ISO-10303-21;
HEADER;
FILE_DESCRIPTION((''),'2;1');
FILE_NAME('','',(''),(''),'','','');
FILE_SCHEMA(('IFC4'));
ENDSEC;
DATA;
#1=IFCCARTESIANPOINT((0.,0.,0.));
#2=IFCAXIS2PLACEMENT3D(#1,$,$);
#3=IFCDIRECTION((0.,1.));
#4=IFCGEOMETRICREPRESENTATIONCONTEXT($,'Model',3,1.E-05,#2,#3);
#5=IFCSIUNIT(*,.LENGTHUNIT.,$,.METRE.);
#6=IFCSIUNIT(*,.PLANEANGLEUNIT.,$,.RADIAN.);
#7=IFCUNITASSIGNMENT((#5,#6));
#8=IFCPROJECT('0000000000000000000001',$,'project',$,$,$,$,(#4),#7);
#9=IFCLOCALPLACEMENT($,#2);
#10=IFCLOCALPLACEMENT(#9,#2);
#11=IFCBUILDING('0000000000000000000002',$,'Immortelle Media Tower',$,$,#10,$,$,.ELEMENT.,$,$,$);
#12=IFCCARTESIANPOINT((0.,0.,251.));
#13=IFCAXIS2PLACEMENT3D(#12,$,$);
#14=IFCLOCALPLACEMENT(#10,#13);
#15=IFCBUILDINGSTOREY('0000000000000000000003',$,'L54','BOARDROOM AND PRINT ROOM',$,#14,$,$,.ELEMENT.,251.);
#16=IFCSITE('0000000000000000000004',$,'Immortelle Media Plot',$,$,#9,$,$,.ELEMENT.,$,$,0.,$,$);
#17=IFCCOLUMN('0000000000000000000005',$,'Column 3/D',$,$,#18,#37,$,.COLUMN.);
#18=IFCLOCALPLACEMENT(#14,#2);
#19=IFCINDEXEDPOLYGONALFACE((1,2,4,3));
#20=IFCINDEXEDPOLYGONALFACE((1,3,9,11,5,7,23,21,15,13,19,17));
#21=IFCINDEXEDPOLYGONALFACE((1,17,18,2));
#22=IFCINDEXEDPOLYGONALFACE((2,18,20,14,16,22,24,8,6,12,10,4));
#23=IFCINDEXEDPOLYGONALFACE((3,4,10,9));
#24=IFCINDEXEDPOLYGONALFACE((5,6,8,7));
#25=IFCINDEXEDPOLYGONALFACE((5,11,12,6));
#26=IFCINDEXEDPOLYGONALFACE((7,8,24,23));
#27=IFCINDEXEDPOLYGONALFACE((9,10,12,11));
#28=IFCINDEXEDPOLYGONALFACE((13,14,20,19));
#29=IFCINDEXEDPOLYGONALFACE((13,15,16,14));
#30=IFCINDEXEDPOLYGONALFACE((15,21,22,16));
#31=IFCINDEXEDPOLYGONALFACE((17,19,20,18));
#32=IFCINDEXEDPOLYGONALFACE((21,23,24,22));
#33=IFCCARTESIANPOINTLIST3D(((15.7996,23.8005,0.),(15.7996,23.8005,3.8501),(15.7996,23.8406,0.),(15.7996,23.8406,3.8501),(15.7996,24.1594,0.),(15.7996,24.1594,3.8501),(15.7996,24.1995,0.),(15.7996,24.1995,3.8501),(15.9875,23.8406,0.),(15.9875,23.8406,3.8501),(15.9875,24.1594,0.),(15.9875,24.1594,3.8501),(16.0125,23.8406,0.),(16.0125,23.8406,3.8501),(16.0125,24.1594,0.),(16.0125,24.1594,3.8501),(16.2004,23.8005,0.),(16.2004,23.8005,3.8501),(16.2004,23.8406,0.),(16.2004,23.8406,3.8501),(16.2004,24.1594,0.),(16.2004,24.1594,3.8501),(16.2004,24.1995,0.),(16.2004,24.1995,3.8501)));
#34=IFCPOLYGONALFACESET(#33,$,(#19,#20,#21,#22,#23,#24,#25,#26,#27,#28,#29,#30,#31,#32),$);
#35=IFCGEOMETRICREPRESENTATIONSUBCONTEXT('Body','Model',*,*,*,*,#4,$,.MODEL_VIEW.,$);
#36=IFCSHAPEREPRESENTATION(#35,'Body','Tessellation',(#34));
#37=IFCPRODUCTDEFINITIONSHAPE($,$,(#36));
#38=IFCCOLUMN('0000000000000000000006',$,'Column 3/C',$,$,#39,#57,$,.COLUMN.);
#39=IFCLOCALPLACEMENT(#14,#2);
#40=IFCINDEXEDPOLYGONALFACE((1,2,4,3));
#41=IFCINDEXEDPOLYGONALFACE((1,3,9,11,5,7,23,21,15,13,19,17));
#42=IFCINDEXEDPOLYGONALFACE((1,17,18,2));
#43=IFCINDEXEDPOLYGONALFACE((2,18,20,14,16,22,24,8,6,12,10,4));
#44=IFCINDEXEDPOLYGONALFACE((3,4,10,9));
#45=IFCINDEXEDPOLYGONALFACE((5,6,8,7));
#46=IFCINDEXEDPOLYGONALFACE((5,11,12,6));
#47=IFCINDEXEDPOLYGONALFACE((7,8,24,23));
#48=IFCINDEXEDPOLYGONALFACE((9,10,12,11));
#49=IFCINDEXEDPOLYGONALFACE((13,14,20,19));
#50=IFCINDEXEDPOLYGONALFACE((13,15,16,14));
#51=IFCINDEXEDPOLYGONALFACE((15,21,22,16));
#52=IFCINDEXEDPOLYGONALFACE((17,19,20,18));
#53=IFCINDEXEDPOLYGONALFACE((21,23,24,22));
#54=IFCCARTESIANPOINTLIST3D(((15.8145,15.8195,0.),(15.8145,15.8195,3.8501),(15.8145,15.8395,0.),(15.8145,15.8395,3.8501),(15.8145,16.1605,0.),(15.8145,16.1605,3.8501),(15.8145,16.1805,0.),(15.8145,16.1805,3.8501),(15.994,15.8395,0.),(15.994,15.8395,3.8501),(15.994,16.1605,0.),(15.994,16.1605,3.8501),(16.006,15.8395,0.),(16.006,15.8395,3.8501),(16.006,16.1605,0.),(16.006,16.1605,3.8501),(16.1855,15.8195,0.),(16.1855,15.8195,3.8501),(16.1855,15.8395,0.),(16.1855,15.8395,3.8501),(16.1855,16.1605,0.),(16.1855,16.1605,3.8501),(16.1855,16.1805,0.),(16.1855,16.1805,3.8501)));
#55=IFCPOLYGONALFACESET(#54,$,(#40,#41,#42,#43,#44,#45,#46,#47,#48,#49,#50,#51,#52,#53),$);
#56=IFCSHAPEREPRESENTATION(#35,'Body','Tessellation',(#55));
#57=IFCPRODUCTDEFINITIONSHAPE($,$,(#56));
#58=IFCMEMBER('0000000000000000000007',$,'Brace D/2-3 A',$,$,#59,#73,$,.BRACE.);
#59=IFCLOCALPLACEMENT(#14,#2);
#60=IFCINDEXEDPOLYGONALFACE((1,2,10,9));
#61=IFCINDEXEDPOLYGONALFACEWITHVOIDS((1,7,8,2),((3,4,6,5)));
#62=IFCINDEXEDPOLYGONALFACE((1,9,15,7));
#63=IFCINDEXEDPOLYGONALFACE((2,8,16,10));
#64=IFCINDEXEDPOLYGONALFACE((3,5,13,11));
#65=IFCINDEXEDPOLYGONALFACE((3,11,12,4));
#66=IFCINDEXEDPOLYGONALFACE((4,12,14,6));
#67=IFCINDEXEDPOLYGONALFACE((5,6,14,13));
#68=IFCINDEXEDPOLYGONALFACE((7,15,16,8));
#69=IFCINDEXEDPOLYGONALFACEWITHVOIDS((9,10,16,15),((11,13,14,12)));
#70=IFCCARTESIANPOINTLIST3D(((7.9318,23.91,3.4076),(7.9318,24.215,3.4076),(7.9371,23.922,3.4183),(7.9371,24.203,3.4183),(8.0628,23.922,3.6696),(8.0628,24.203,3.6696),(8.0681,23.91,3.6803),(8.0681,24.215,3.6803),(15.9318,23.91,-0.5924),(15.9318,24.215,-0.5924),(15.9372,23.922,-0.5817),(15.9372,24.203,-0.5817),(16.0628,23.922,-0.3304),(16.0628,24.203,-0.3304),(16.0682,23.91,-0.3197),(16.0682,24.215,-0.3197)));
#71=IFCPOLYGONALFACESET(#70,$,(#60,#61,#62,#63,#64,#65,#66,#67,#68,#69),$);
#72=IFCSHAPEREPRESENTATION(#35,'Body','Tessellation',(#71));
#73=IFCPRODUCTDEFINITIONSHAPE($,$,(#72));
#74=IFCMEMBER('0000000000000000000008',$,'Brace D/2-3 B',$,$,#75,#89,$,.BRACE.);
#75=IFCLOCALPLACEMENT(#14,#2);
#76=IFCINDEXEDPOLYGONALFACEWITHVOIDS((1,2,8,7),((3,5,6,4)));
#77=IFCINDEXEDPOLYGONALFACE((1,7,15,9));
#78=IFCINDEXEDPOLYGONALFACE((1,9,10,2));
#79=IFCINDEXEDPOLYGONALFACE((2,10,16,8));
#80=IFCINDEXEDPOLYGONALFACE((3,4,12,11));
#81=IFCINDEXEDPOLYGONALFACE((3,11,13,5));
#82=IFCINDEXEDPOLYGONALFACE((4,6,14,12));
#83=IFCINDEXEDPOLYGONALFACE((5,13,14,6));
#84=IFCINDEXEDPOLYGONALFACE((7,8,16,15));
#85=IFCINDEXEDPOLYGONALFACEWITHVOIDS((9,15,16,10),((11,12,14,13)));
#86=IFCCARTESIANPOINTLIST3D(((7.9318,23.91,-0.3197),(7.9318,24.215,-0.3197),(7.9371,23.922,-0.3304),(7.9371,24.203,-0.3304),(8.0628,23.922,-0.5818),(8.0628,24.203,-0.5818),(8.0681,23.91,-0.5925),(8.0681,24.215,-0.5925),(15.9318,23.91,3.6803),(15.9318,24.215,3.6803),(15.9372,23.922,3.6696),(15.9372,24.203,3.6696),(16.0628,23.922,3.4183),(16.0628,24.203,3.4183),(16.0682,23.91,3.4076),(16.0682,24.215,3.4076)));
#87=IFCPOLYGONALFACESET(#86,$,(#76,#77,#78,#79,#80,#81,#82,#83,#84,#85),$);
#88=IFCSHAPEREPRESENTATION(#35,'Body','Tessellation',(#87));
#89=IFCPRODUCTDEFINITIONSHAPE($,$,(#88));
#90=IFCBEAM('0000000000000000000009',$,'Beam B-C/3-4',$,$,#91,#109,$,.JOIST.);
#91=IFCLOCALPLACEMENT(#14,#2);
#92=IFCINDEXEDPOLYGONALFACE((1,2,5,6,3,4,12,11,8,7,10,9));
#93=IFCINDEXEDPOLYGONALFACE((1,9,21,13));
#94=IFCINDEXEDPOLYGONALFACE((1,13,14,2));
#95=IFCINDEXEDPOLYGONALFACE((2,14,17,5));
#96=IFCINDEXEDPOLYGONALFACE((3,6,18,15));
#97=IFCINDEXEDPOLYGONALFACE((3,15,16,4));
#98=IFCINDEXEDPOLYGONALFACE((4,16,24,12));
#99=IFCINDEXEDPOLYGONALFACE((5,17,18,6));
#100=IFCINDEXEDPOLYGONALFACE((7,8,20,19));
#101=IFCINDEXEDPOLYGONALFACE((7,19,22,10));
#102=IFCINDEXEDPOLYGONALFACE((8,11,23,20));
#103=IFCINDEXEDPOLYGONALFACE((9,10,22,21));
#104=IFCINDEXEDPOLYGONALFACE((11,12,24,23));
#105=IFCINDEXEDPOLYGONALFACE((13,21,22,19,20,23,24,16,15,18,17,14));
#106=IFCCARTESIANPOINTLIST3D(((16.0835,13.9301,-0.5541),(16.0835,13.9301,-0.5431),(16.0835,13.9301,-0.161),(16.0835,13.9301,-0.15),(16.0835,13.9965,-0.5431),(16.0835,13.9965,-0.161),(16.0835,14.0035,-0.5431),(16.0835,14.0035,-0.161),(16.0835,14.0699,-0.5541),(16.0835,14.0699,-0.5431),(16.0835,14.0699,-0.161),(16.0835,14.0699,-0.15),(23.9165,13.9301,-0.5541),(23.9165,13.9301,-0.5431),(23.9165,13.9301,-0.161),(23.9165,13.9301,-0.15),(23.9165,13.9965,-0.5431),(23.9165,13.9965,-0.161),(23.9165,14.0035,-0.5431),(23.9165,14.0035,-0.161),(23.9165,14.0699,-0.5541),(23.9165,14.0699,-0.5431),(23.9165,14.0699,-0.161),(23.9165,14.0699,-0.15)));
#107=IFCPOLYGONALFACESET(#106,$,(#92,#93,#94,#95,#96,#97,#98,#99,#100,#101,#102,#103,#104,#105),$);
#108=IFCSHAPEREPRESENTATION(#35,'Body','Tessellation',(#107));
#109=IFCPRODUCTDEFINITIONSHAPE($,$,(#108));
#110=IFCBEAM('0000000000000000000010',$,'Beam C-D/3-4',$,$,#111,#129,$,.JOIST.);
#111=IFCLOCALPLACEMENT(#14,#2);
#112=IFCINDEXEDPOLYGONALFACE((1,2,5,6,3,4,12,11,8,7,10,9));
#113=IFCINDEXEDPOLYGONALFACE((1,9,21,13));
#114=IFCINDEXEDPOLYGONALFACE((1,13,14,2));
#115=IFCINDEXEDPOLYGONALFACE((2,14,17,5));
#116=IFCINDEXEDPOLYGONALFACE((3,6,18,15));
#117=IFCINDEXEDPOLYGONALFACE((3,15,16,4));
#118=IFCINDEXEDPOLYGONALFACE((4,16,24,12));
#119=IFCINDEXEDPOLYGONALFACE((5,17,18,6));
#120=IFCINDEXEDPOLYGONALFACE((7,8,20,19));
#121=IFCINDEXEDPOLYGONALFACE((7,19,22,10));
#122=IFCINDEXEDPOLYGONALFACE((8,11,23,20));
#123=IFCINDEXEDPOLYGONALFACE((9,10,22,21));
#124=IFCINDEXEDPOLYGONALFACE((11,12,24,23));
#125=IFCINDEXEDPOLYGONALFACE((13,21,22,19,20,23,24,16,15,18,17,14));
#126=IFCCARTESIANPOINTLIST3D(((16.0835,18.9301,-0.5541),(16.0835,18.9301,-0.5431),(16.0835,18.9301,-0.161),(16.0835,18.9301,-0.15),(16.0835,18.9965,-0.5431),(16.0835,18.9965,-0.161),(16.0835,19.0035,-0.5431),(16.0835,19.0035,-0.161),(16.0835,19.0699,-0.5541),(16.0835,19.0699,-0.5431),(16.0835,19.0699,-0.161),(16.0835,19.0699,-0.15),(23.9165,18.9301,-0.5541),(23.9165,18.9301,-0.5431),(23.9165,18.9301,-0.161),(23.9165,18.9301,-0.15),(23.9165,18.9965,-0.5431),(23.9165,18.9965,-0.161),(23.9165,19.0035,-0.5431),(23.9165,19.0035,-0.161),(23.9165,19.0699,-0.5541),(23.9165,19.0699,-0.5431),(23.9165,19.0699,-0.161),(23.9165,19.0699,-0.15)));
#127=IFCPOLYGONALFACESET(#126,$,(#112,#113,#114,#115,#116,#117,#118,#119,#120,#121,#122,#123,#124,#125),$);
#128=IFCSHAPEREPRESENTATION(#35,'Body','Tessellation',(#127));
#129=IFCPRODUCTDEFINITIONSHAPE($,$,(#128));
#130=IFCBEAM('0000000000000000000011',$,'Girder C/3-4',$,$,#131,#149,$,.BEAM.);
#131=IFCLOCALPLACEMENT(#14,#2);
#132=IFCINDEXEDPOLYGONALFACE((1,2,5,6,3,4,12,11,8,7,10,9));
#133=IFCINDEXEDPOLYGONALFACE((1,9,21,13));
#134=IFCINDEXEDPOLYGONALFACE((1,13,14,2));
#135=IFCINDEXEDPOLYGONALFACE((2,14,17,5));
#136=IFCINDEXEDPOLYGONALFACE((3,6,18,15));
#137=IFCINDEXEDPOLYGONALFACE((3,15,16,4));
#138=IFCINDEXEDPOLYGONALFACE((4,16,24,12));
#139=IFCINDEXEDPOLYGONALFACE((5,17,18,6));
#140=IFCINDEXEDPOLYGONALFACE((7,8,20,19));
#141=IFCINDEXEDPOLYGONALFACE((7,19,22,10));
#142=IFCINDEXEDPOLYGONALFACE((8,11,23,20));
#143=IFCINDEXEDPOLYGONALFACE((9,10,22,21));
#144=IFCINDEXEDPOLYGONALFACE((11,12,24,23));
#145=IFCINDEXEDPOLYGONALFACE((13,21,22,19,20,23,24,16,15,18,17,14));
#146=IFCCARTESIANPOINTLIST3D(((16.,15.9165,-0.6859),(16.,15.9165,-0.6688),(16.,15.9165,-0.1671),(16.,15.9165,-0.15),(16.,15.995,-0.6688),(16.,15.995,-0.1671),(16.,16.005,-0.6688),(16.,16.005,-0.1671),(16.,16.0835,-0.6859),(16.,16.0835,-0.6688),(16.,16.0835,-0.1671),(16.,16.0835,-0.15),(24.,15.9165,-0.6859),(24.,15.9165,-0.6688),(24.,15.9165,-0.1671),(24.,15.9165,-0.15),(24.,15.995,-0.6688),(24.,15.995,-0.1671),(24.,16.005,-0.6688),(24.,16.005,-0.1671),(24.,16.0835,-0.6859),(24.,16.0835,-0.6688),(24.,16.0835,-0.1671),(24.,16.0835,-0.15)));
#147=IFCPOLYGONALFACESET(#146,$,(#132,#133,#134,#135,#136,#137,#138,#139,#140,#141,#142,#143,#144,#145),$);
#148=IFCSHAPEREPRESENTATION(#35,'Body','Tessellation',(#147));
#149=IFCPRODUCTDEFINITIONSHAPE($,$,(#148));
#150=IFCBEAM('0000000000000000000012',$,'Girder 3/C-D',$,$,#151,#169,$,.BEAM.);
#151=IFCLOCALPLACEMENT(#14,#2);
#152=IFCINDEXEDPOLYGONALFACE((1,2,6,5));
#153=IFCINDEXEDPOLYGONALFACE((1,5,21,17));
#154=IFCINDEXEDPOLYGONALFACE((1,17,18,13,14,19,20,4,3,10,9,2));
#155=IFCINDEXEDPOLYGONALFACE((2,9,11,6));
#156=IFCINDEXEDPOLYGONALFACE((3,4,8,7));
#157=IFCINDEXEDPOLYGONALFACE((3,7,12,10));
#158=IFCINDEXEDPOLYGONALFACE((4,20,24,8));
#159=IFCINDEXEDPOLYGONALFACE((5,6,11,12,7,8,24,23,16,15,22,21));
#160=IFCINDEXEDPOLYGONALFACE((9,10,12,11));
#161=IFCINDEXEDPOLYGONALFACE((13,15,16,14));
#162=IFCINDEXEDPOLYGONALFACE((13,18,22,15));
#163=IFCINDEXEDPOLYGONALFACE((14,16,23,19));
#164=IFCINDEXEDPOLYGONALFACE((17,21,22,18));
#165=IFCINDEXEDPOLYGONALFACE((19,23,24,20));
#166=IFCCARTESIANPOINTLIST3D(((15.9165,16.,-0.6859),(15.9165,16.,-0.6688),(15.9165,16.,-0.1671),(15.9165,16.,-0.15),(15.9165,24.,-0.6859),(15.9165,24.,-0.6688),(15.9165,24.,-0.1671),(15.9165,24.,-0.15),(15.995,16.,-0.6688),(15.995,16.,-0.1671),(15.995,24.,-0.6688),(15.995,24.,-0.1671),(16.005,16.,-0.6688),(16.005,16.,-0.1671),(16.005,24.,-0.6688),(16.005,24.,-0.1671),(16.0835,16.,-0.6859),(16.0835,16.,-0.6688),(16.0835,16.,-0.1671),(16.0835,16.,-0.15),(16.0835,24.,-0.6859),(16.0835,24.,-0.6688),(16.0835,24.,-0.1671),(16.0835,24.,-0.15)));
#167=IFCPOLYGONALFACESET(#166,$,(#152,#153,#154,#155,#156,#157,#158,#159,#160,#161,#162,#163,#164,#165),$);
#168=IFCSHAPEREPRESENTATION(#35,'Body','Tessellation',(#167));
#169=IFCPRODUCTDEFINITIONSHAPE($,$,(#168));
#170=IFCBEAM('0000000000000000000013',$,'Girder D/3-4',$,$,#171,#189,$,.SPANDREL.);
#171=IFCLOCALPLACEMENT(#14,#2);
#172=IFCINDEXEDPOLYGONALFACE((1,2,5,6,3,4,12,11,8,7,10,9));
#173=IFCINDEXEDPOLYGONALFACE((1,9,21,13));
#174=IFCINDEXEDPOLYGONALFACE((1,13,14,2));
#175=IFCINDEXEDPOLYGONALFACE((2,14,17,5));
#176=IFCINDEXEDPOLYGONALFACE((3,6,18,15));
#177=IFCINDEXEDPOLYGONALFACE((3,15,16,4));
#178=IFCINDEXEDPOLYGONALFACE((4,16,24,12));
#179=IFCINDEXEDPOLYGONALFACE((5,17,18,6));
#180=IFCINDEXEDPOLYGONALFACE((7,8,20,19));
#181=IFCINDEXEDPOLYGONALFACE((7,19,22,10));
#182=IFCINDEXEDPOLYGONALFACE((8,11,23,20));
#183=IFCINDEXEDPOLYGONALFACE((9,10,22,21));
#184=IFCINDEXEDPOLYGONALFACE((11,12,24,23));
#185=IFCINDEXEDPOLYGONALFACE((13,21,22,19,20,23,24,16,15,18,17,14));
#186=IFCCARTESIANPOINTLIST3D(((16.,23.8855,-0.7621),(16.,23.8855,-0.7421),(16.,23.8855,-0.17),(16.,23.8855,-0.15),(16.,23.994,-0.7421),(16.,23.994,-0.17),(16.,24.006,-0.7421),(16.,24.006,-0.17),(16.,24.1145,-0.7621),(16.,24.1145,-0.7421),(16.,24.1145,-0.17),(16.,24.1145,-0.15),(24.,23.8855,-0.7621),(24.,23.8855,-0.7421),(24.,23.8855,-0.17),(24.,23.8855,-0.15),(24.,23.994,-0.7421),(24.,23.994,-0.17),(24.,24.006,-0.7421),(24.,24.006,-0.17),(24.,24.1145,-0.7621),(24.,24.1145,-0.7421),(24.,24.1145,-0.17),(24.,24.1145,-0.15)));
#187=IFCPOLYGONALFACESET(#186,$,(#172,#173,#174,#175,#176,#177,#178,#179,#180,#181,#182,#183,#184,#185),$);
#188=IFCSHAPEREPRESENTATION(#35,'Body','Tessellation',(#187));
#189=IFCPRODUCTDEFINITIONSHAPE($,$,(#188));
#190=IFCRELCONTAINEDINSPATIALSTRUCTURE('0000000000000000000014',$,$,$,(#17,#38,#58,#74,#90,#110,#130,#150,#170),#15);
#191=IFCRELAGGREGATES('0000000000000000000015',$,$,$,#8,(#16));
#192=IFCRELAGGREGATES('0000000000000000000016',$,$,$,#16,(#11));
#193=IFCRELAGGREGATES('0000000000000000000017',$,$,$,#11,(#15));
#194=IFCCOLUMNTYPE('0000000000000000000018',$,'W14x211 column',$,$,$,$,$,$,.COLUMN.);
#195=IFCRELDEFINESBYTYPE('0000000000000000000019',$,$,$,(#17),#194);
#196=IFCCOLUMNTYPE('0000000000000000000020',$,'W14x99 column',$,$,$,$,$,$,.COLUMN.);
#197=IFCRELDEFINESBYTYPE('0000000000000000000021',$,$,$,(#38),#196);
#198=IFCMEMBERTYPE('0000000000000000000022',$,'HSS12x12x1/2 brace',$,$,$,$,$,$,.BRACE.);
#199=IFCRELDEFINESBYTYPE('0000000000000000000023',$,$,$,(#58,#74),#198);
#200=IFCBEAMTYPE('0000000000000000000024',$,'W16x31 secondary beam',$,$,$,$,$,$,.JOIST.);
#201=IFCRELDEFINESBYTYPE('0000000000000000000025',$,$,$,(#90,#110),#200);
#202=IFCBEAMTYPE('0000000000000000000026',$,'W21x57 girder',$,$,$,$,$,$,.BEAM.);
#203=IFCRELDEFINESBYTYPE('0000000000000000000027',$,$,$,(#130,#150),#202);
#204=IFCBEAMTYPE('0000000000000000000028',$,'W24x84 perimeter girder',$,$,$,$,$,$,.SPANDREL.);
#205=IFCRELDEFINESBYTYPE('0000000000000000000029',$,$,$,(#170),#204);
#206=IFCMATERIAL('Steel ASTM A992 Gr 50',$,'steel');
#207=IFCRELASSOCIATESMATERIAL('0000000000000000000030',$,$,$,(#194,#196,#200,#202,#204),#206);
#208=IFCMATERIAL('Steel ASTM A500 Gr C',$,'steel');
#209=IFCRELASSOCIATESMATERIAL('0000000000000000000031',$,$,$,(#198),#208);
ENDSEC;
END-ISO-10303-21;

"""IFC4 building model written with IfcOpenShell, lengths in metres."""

from ifc_helpers import new_model, si_unit, direction, frame, origin, origin_2d, place, context, subcontext, project, spatial, hollow_rectangle, i_section, extrude, material, material_profile, profile_set, type_object, element, save


model = new_model("IFC4")

# Units and contexts
model_context = context("Model", 3, precision=1e-05, world=origin(), true_north=direction((0.0, 1.0)))
body_context = subcontext(model_context, "Body", "Model", "MODEL_VIEW")
ifc_project = project(units=[si_unit("LENGTHUNIT", "METRE"), si_unit("PLANEANGLEUNIT", "RADIAN")], contexts=[model_context])

# Site, building, storey
site_placement = place(None, origin())
site = spatial("IfcSite", under=ifc_project, at=site_placement, Name="Immortelle Media Plot", CompositionType="ELEMENT", RefElevation=0.0)
building_placement = place(site_placement, origin())
building = spatial("IfcBuilding", under=site, at=building_placement, Name="Immortelle Media Tower", CompositionType="ELEMENT")
storey_placement = place(building_placement, frame((0.0, 0.0, 251.0)))
storey = spatial("IfcBuildingStorey", under=building, at=storey_placement, Name="L54", Description="BOARDROOM AND PRINT ROOM", CompositionType="ELEMENT", Elevation=251.0)

# Columns
ifc_material_1 = material(Name="Steel ASTM A992 Gr 50", Category="steel")
ifc_material_profile_1 = material_profile(ifc_material_1, i_section(OverallWidth=0.4009, OverallDepth=0.3989, WebThickness=0.0249, FlangeThickness=0.04, at=origin_2d()), Name="W14x211")
ifc_profile_set_1 = profile_set([ifc_material_profile_1], Name="Steel ASTM A992 Gr 50")
column_type_1 = type_object("IfcColumnType", Name="W14x211 column", PredefinedType="COLUMN", material=ifc_profile_set_1)
column_1_placement = place(storey_placement, frame((16.0, 24.0, 0.0), z_axis=(0.0, 0.0, 1.0), x_axis=(1.0, 0.0, 0.0)))
element("IfcColumn", 1, at=column_1_placement, inside=storey, type_object=column_type_1, Name="Column 3/D", PredefinedType="COLUMN", context=body_context, shape_type="SweptSolid", body=[
    extrude(i_section(OverallWidth=0.4009, OverallDepth=0.3989, WebThickness=0.0249, FlangeThickness=0.04, at=origin_2d()), origin(), (0.0, 0.0, 1.0), 3.8501),
])
ifc_material_profile_2 = material_profile(ifc_material_1, i_section(OverallWidth=0.3711, OverallDepth=0.3611, WebThickness=0.012, FlangeThickness=0.02, at=origin_2d()), Name="W14x99")
ifc_profile_set_2 = profile_set([ifc_material_profile_2], Name="Steel ASTM A992 Gr 50")
column_type_2 = type_object("IfcColumnType", Name="W14x99 column", PredefinedType="COLUMN", material=ifc_profile_set_2)
column_2_placement = place(storey_placement, frame((16.0, 16.0, 0.0), z_axis=(0.0, 0.0, 1.0), x_axis=(1.0, 0.0, 0.0)))
element("IfcColumn", 2, at=column_2_placement, inside=storey, type_object=column_type_2, Name="Column 3/C", PredefinedType="COLUMN", context=body_context, shape_type="SweptSolid", body=[
    extrude(i_section(OverallWidth=0.3711, OverallDepth=0.3611, WebThickness=0.012, FlangeThickness=0.02, at=origin_2d()), origin(), (0.0, 0.0, 1.0), 3.8501),
])

# Members
ifc_material_2 = material(Name="Steel ASTM A500 Gr C", Category="steel")
ifc_material_profile_3 = material_profile(ifc_material_2, hollow_rectangle(XDim=0.3049, YDim=0.3049, WallThickness=0.012, at=origin_2d()), Name="HSS12x12x1/2 brace")
ifc_profile_set_3 = profile_set([ifc_material_profile_3], Name="Steel ASTM A500 Gr C")
member_type = type_object("IfcMemberType", Name="HSS12x12x1/2 brace", PredefinedType="BRACE", material=ifc_profile_set_3)
for number, where, z_axis, x_axis, name in (
    (3, (16.0, 24.0625, -0.4561), (-0.894427, 0.0, 0.447214), (0.0, -1.0, 0.0), "Brace D/2-3 A"),
    (4, (16.0, 24.0625, 3.5439), (-0.894427, 0.0, -0.447214), (0.0, -1.0, 0.0), "Brace D/2-3 B"),
):
    element("IfcMember", number, at=place(storey_placement, frame(where, z_axis=z_axis, x_axis=x_axis)), inside=storey, type_object=member_type, Name=name, PredefinedType="BRACE", context=body_context, shape_type="SweptSolid", body=[
        extrude(hollow_rectangle(XDim=0.3049, YDim=0.3049, WallThickness=0.012, at=origin_2d()), origin(), (0.0, 0.0, 1.0), 8.9443),
    ])

# Beams
ifc_material_profile_4 = material_profile(ifc_material_1, i_section(OverallWidth=0.1399, OverallDepth=0.4041, WebThickness=0.0071, FlangeThickness=0.011, at=origin_2d()), Name="W16x31")
ifc_profile_set_4 = profile_set([ifc_material_profile_4], Name="Steel ASTM A992 Gr 50")
beam_type_1 = type_object("IfcBeamType", Name="W16x31 secondary beam", PredefinedType="JOIST", material=ifc_profile_set_4)
for number, where, z_axis, x_axis, name in (
    (5, (16.0835, 14.0, -0.3521), (1.0, 0.0, 0.0), (0.0, 1.0, 0.0), "Beam B-C/3-4"),
    (6, (16.0835, 19.0, -0.3521), (1.0, 0.0, 0.0), (0.0, 1.0, 0.0), "Beam C-D/3-4"),
):
    element("IfcBeam", number, at=place(storey_placement, frame(where, z_axis=z_axis, x_axis=x_axis)), inside=storey, type_object=beam_type_1, Name=name, PredefinedType="JOIST", context=body_context, shape_type="SweptSolid", body=[
        extrude(i_section(OverallWidth=0.1399, OverallDepth=0.4041, WebThickness=0.0071, FlangeThickness=0.011, at=origin_2d()), origin(), (0.0, 0.0, 1.0), 7.833),
    ])
ifc_material_profile_5 = material_profile(ifc_material_1, i_section(OverallWidth=0.167, OverallDepth=0.5359, WebThickness=0.01, FlangeThickness=0.0171, at=origin_2d()), Name="W21x57")
ifc_profile_set_5 = profile_set([ifc_material_profile_5], Name="Steel ASTM A992 Gr 50")
beam_type_2 = type_object("IfcBeamType", Name="W21x57 girder", PredefinedType="BEAM", material=ifc_profile_set_5)
for number, where, z_axis, x_axis, name in (
    (7, (16.0, 16.0, -0.418), (1.0, 0.0, 0.0), (0.0, 1.0, 0.0), "Girder C/3-4"),
    (8, (16.0, 16.0, -0.418), (0.0, 1.0, 0.0), (-1.0, 0.0, 0.0), "Girder 3/C-D"),
):
    element("IfcBeam", number, at=place(storey_placement, frame(where, z_axis=z_axis, x_axis=x_axis)), inside=storey, type_object=beam_type_2, Name=name, PredefinedType="BEAM", context=body_context, shape_type="SweptSolid", body=[
        extrude(i_section(OverallWidth=0.167, OverallDepth=0.5359, WebThickness=0.01, FlangeThickness=0.0171, at=origin_2d()), origin(), (0.0, 0.0, 1.0), 8.0),
    ])
ifc_material_profile_6 = material_profile(ifc_material_1, i_section(OverallWidth=0.229, OverallDepth=0.6121, WebThickness=0.012, FlangeThickness=0.02, at=origin_2d()), Name="W24x84")
ifc_profile_set_6 = profile_set([ifc_material_profile_6], Name="Steel ASTM A992 Gr 50")
beam_type_3 = type_object("IfcBeamType", Name="W24x84 perimeter girder", PredefinedType="SPANDREL", material=ifc_profile_set_6)
beam_placement = place(storey_placement, frame((16.0, 24.0, -0.4561), z_axis=(1.0, 0.0, 0.0), x_axis=(0.0, 1.0, 0.0)))
element("IfcBeam", 9, at=beam_placement, inside=storey, type_object=beam_type_3, Name="Girder D/3-4", PredefinedType="SPANDREL", context=body_context, shape_type="SweptSolid", body=[
    extrude(i_section(OverallWidth=0.229, OverallDepth=0.6121, WebThickness=0.012, FlangeThickness=0.02, at=origin_2d()), origin(), (0.0, 0.0, 1.0), 8.0),
])

save(model, "model.ifc")
